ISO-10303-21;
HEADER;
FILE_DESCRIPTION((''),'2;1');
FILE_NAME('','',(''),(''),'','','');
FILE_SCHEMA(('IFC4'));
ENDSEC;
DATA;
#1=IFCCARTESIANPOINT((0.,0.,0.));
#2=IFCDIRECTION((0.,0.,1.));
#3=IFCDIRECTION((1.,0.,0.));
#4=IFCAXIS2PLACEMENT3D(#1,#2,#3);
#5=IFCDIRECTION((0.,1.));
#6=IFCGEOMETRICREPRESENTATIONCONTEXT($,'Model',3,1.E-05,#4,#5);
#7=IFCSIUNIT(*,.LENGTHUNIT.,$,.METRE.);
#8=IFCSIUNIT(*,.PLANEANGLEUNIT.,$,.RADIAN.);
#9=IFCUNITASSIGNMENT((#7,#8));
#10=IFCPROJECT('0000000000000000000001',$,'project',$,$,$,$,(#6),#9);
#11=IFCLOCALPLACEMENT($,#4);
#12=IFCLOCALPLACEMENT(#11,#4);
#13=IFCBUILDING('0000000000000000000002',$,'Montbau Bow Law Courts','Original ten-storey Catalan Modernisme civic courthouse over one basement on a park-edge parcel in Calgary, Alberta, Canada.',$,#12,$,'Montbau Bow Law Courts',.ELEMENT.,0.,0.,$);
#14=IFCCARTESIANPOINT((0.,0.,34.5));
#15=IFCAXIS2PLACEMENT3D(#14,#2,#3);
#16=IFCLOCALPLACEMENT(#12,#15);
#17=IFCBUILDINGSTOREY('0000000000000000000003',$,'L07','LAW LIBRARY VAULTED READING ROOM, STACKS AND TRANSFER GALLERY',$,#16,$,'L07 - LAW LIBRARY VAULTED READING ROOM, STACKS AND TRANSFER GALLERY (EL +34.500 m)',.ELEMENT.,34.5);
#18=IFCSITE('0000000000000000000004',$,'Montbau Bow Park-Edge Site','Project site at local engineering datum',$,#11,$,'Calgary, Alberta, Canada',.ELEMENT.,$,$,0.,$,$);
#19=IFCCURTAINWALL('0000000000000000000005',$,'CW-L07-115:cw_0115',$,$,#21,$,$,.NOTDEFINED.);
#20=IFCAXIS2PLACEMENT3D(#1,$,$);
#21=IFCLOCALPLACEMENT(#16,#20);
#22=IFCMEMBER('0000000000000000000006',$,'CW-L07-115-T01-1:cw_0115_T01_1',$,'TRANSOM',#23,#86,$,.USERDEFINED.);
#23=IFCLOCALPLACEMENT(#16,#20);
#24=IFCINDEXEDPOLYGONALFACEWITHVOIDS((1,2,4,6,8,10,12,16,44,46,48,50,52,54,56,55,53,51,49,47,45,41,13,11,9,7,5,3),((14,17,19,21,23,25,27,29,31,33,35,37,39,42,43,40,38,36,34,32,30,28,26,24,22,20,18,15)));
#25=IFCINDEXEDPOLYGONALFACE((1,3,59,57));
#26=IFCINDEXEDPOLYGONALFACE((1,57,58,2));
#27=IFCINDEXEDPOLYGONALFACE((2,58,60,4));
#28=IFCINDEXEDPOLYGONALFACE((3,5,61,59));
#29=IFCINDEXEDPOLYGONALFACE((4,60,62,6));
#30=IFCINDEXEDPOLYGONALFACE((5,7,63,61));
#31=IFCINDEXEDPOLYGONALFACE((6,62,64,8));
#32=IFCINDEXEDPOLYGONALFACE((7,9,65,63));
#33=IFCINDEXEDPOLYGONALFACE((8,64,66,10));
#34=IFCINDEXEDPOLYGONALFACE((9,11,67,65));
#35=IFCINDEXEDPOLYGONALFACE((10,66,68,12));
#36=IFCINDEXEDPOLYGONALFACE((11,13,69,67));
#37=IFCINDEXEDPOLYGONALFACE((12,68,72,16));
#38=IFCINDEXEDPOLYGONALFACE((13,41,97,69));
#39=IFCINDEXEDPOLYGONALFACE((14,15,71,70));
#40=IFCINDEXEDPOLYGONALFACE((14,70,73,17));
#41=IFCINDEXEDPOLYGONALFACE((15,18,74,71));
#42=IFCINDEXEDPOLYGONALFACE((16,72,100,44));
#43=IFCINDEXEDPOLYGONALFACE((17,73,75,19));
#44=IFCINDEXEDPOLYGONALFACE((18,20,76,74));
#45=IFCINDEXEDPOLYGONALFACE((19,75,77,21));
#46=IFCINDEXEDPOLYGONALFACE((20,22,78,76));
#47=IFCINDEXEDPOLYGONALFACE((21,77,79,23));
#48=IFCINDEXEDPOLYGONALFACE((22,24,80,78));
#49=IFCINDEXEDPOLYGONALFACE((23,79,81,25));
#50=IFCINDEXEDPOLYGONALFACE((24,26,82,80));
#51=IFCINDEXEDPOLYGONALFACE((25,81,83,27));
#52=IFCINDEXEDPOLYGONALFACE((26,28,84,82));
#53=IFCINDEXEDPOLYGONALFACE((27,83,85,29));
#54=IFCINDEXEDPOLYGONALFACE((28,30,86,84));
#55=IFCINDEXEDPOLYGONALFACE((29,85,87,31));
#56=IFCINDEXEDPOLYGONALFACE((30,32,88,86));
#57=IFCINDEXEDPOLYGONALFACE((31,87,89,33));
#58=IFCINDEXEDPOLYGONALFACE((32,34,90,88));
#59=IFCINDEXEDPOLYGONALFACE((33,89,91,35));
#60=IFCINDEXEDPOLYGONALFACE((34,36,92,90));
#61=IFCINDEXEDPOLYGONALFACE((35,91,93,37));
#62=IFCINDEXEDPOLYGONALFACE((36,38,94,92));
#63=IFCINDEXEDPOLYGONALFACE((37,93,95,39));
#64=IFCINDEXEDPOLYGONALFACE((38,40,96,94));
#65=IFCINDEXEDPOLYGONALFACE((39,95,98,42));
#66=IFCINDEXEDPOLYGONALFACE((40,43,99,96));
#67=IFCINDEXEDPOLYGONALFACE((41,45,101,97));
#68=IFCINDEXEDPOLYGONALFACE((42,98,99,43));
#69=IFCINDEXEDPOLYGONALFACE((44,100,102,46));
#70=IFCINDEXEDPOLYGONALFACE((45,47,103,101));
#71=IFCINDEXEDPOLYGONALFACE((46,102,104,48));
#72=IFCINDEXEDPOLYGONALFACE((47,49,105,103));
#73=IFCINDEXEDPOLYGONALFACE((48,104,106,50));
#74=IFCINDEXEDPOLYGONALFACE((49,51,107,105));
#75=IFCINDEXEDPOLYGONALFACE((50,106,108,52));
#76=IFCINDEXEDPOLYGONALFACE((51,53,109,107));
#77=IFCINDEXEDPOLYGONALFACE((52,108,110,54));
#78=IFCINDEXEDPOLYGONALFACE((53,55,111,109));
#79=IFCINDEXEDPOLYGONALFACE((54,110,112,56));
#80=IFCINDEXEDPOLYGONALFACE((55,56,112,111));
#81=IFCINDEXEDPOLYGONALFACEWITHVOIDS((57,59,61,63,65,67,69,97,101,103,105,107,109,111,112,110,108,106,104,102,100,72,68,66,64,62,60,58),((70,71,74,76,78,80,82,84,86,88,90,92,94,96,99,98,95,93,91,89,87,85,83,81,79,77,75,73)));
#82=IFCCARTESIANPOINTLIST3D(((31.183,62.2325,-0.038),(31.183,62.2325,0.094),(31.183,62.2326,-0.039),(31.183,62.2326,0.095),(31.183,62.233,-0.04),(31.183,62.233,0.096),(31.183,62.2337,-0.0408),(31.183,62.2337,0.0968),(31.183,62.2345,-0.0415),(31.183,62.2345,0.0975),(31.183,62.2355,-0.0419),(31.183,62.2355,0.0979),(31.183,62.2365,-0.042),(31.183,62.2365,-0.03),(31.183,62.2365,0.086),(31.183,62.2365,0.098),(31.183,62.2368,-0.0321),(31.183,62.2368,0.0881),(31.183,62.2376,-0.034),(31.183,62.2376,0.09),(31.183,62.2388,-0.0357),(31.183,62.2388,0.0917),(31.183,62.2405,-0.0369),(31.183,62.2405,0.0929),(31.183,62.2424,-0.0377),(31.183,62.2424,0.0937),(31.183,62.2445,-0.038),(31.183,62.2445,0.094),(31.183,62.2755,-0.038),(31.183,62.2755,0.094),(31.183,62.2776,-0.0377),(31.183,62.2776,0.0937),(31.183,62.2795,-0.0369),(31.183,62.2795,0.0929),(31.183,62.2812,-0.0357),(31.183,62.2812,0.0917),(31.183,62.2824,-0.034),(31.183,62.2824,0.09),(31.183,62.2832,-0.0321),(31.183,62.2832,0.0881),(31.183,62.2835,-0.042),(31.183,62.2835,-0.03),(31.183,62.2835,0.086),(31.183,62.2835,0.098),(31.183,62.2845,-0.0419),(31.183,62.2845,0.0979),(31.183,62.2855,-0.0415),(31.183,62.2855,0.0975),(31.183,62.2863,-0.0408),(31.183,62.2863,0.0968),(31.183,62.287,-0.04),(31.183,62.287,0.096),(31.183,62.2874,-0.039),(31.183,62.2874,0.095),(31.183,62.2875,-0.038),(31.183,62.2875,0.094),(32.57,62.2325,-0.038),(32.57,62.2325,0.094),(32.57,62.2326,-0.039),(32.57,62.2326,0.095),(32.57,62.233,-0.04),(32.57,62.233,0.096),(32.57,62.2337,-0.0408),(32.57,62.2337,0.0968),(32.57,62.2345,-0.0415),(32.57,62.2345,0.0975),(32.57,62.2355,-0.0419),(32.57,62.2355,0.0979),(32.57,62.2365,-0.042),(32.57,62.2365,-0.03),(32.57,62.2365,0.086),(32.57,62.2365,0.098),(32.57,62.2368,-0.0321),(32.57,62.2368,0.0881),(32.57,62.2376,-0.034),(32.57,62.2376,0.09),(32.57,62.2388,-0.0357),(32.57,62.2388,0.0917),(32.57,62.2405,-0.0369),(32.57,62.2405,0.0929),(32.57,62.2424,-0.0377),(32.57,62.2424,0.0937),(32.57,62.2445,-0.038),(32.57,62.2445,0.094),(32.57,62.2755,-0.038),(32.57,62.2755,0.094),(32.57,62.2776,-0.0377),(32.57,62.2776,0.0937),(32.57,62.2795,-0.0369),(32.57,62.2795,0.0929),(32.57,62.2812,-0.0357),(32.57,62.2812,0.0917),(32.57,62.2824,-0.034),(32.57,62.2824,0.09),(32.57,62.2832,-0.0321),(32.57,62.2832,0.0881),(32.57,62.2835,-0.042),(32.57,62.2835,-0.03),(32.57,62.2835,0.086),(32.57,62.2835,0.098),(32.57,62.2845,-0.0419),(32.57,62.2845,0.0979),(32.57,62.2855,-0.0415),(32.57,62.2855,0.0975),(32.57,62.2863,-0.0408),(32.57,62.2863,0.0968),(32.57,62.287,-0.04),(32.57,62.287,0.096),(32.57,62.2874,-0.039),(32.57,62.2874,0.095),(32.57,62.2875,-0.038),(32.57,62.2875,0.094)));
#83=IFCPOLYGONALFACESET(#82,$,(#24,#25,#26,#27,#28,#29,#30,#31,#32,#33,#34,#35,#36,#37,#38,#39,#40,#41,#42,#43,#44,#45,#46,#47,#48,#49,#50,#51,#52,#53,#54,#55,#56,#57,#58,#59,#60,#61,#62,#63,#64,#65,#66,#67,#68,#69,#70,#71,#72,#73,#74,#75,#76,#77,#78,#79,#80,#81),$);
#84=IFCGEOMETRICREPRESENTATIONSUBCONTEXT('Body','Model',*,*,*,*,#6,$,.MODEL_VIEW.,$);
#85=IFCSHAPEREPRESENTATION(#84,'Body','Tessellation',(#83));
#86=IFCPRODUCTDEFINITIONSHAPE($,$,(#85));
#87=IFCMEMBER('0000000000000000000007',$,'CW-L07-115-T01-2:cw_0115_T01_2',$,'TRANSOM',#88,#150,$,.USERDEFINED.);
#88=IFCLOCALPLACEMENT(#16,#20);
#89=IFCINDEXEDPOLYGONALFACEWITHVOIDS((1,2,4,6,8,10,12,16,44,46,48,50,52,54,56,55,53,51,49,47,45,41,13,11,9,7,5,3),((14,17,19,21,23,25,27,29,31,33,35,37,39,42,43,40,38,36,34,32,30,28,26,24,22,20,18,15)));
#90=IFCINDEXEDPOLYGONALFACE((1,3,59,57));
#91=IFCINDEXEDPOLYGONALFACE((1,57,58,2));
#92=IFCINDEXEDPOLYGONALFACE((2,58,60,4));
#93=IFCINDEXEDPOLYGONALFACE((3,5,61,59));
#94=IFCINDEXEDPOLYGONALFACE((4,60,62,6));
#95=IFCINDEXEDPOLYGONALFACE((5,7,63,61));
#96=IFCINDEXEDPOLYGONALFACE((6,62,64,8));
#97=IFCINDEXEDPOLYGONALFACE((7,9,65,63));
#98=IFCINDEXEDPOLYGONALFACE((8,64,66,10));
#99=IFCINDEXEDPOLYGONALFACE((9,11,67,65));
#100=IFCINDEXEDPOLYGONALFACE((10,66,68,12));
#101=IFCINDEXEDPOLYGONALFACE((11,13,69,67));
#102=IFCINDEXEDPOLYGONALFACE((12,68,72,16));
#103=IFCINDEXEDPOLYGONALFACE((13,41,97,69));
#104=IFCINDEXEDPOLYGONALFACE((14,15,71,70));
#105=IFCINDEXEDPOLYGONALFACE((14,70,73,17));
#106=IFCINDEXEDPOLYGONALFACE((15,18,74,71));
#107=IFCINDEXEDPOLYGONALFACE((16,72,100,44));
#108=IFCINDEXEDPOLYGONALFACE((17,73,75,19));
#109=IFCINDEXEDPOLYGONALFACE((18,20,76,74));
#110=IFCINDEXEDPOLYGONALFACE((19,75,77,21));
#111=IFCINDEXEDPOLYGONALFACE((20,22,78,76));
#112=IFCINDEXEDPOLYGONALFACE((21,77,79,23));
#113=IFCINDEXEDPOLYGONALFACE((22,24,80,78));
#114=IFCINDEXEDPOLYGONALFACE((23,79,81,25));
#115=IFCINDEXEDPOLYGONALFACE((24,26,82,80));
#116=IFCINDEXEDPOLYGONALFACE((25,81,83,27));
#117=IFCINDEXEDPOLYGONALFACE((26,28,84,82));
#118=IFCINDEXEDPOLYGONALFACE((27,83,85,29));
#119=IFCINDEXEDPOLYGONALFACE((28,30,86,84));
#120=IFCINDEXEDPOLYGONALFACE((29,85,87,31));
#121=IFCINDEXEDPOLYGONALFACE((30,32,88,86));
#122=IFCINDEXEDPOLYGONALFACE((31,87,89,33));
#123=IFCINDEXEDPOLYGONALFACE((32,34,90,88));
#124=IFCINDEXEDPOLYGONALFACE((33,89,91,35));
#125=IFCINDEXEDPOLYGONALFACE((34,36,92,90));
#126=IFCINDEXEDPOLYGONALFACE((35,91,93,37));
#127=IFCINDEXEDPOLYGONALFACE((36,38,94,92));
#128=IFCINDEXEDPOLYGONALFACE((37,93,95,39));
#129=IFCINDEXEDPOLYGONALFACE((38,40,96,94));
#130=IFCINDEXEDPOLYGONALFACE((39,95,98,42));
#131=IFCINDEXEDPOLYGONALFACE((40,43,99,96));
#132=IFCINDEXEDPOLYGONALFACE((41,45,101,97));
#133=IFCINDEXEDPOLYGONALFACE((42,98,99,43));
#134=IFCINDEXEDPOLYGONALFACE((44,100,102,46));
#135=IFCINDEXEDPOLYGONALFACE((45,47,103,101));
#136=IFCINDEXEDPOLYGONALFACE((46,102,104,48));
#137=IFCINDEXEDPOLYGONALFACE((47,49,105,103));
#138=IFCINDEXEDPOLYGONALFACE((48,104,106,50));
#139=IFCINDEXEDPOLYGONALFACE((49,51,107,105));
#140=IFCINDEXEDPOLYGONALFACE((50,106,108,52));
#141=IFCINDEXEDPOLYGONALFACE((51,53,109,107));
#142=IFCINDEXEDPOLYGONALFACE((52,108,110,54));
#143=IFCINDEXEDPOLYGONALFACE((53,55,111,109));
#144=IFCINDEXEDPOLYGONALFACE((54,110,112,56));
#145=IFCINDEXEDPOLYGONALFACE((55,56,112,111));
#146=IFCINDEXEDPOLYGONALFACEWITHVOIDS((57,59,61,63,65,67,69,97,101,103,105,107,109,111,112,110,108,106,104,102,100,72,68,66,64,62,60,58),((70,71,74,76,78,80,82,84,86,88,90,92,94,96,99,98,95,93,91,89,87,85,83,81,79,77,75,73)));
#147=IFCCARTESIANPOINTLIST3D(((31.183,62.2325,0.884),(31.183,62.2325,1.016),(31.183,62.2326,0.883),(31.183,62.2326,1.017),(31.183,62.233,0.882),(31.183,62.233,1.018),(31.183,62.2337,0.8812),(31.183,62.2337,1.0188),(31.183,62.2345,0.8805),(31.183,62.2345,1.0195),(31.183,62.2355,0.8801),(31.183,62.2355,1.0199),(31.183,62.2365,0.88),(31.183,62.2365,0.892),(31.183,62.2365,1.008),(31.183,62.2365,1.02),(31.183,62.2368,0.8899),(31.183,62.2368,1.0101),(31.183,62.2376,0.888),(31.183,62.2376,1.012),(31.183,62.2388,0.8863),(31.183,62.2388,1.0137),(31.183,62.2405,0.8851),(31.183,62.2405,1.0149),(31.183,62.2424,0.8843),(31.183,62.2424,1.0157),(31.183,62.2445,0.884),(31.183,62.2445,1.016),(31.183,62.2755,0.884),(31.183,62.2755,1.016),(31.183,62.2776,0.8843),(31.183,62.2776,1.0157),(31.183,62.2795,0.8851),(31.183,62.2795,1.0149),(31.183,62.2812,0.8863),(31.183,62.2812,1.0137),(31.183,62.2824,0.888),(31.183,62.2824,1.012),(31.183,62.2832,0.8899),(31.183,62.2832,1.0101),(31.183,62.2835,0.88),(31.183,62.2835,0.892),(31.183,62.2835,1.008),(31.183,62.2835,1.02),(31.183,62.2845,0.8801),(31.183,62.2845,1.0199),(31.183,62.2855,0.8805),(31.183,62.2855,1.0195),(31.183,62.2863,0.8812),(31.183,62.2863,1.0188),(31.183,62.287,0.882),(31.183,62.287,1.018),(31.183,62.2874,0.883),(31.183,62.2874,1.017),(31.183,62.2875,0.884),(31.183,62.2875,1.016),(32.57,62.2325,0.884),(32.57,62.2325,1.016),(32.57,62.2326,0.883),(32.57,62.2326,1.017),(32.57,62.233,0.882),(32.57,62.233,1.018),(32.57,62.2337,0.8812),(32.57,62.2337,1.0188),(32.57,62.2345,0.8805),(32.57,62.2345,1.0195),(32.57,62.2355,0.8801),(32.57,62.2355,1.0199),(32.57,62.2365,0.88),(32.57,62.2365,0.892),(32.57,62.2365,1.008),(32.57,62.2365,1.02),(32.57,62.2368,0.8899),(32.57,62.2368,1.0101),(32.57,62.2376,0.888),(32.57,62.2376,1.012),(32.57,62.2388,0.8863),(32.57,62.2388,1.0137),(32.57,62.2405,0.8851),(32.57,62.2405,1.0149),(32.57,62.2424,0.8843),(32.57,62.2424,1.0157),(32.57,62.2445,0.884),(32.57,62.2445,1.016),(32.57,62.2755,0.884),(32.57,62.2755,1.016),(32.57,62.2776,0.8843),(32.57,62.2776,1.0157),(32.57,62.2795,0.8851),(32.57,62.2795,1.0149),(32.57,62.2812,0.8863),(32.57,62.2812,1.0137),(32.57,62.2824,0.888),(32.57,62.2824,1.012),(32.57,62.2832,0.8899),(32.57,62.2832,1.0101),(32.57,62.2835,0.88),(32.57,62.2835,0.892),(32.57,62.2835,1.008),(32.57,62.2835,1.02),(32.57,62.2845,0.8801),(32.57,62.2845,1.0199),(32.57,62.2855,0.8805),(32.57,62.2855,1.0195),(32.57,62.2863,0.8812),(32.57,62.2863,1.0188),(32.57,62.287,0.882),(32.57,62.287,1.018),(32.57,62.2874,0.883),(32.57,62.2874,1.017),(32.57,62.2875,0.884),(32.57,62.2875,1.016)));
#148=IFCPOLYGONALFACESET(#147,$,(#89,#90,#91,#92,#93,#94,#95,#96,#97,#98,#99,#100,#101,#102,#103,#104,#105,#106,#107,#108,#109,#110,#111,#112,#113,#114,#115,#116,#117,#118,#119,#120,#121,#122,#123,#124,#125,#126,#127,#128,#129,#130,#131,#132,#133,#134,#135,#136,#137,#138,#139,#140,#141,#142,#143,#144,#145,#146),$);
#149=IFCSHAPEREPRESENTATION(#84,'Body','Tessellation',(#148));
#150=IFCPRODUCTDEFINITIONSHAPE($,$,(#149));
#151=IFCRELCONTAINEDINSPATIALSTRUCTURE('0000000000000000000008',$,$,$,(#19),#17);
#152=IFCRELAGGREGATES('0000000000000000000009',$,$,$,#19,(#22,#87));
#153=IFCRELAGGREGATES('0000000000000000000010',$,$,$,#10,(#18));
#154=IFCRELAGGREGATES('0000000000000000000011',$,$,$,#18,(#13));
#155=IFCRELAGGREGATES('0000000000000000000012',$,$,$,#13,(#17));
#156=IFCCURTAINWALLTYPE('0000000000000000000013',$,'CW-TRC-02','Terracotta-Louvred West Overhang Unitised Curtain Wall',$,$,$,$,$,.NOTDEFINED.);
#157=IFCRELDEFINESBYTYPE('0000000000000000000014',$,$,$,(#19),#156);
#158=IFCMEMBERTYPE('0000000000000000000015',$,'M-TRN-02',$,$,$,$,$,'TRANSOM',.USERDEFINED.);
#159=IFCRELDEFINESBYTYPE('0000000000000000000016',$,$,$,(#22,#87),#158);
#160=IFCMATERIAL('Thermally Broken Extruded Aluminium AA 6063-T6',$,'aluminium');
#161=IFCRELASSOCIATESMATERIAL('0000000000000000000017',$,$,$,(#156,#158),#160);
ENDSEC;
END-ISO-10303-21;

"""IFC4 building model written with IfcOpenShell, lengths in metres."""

from ifc_helpers import new_model, si_unit, direction, frame, origin_with_axes, origin_2d_with_axis, place, context, subcontext, project, spatial, hollow_rectangle, extrude, material, material_profile, profile_set, type_object, element, aggregate, save


model = new_model("IFC4")

# Units and contexts
model_context = context("Model", 3, precision=1e-05, world=origin_with_axes(), true_north=direction((0.0, 1.0)))
body_context = subcontext(model_context, "Body", "Model", "MODEL_VIEW")
ifc_project = project(units=[si_unit("LENGTHUNIT", "METRE"), si_unit("PLANEANGLEUNIT", "RADIAN")], contexts=[model_context])

# Site, building, storey
site_placement = place(None, origin_with_axes())
site = spatial("IfcSite", under=ifc_project, at=site_placement, Name="Montbau Bow Park-Edge Site", Description="Project site at local engineering datum", LongName="Calgary, Alberta, Canada", CompositionType="ELEMENT", RefElevation=0.0)
building_placement = place(site_placement, origin_with_axes())
building = spatial("IfcBuilding", under=site, at=building_placement, Name="Montbau Bow Law Courts", Description="Original ten-storey Catalan Modernisme civic courthouse over one basement on a park-edge parcel in Calgary, Alberta, Canada.", LongName="Montbau Bow Law Courts", CompositionType="ELEMENT", ElevationOfRefHeight=0.0, ElevationOfTerrain=0.0)
storey_placement = place(building_placement, frame((0.0, 0.0, 34.5), z_axis=(0.0, 0.0, 1.0), x_axis=(1.0, 0.0, 0.0)))
storey = spatial("IfcBuildingStorey", under=building, at=storey_placement, Name="L07", Description="LAW LIBRARY VAULTED READING ROOM, STACKS AND TRANSFER GALLERY", LongName="L07 - LAW LIBRARY VAULTED READING ROOM, STACKS AND TRANSFER GALLERY (EL +34.500 m)", CompositionType="ELEMENT", Elevation=34.5)

# Shared definitions
ifc_material_1 = material(Name="Thermally Broken Extruded Aluminium AA 6063-T6", Category="aluminium")
curtain_wall_type = type_object("IfcCurtainWallType", Name="CW-TRC-02", Description="Terracotta-Louvred West Overhang Unitised Curtain Wall", PredefinedType="NOTDEFINED", material=ifc_material_1)

# Curtain wall
curtain_wall_1_placement = place(None, frame((31.115, 62.26, 34.5), z_axis=(0.0, 0.0, 1.0), x_axis=(1.0, 0.0, 0.0)))
curtain_wall_1 = element("IfcCurtainWall", 1, at=curtain_wall_1_placement, inside=storey, type_object=curtain_wall_type, Name="CW-L07-115:cw_0115", PredefinedType="NOTDEFINED")

# Members
ifc_material_profile_1 = material_profile(ifc_material_1, hollow_rectangle(XDim=0.055, YDim=0.14, WallThickness=0.004, InnerFilletRadius=0.008, OuterFilletRadius=0.004, at=origin_2d_with_axis()), Name="CWT-140X55", Category="Main", Priority=0)
ifc_profile_set_1 = profile_set([ifc_material_profile_1], Name="Thermally Broken Extruded Aluminium AA 6063-T6")
member_type_1 = type_object("IfcMemberType", Name="M-TRN-02", ElementType="TRANSOM", PredefinedType="USERDEFINED", material=ifc_profile_set_1)
member_1_placement = place(None, frame((31.183, 62.26, 34.528), z_axis=(1.0, 0.0, 0.0), x_axis=(0.0, 1.0, 0.0)))
member_1 = element("IfcMember", 2, at=member_1_placement, type_object=member_type_1, Name="CW-L07-115-T01-1:cw_0115_T01_1", ObjectType="TRANSOM", PredefinedType="USERDEFINED", context=body_context, shape_type="SweptSolid", body=[
    extrude(hollow_rectangle(XDim=0.055, YDim=0.14, WallThickness=0.004, InnerFilletRadius=0.008, OuterFilletRadius=0.004, at=origin_2d_with_axis()), origin_with_axes(), (0.0, 0.0, 1.0), 1.387),
])
member_2_placement = place(None, frame((31.183, 62.26, 35.45), z_axis=(1.0, 0.0, 0.0), x_axis=(0.0, 1.0, 0.0)))
member_2 = element("IfcMember", 3, at=member_2_placement, type_object=member_type_1, Name="CW-L07-115-T01-2:cw_0115_T01_2", ObjectType="TRANSOM", PredefinedType="USERDEFINED", context=body_context, shape_type="SweptSolid", body=[
    extrude(hollow_rectangle(XDim=0.055, YDim=0.14, WallThickness=0.004, InnerFilletRadius=0.008, OuterFilletRadius=0.004, at=origin_2d_with_axis()), origin_with_axes(), (0.0, 0.0, 1.0), 1.387),
])

aggregate(curtain_wall_1, [member_1, member_2])

save(model, "model.ifc")
